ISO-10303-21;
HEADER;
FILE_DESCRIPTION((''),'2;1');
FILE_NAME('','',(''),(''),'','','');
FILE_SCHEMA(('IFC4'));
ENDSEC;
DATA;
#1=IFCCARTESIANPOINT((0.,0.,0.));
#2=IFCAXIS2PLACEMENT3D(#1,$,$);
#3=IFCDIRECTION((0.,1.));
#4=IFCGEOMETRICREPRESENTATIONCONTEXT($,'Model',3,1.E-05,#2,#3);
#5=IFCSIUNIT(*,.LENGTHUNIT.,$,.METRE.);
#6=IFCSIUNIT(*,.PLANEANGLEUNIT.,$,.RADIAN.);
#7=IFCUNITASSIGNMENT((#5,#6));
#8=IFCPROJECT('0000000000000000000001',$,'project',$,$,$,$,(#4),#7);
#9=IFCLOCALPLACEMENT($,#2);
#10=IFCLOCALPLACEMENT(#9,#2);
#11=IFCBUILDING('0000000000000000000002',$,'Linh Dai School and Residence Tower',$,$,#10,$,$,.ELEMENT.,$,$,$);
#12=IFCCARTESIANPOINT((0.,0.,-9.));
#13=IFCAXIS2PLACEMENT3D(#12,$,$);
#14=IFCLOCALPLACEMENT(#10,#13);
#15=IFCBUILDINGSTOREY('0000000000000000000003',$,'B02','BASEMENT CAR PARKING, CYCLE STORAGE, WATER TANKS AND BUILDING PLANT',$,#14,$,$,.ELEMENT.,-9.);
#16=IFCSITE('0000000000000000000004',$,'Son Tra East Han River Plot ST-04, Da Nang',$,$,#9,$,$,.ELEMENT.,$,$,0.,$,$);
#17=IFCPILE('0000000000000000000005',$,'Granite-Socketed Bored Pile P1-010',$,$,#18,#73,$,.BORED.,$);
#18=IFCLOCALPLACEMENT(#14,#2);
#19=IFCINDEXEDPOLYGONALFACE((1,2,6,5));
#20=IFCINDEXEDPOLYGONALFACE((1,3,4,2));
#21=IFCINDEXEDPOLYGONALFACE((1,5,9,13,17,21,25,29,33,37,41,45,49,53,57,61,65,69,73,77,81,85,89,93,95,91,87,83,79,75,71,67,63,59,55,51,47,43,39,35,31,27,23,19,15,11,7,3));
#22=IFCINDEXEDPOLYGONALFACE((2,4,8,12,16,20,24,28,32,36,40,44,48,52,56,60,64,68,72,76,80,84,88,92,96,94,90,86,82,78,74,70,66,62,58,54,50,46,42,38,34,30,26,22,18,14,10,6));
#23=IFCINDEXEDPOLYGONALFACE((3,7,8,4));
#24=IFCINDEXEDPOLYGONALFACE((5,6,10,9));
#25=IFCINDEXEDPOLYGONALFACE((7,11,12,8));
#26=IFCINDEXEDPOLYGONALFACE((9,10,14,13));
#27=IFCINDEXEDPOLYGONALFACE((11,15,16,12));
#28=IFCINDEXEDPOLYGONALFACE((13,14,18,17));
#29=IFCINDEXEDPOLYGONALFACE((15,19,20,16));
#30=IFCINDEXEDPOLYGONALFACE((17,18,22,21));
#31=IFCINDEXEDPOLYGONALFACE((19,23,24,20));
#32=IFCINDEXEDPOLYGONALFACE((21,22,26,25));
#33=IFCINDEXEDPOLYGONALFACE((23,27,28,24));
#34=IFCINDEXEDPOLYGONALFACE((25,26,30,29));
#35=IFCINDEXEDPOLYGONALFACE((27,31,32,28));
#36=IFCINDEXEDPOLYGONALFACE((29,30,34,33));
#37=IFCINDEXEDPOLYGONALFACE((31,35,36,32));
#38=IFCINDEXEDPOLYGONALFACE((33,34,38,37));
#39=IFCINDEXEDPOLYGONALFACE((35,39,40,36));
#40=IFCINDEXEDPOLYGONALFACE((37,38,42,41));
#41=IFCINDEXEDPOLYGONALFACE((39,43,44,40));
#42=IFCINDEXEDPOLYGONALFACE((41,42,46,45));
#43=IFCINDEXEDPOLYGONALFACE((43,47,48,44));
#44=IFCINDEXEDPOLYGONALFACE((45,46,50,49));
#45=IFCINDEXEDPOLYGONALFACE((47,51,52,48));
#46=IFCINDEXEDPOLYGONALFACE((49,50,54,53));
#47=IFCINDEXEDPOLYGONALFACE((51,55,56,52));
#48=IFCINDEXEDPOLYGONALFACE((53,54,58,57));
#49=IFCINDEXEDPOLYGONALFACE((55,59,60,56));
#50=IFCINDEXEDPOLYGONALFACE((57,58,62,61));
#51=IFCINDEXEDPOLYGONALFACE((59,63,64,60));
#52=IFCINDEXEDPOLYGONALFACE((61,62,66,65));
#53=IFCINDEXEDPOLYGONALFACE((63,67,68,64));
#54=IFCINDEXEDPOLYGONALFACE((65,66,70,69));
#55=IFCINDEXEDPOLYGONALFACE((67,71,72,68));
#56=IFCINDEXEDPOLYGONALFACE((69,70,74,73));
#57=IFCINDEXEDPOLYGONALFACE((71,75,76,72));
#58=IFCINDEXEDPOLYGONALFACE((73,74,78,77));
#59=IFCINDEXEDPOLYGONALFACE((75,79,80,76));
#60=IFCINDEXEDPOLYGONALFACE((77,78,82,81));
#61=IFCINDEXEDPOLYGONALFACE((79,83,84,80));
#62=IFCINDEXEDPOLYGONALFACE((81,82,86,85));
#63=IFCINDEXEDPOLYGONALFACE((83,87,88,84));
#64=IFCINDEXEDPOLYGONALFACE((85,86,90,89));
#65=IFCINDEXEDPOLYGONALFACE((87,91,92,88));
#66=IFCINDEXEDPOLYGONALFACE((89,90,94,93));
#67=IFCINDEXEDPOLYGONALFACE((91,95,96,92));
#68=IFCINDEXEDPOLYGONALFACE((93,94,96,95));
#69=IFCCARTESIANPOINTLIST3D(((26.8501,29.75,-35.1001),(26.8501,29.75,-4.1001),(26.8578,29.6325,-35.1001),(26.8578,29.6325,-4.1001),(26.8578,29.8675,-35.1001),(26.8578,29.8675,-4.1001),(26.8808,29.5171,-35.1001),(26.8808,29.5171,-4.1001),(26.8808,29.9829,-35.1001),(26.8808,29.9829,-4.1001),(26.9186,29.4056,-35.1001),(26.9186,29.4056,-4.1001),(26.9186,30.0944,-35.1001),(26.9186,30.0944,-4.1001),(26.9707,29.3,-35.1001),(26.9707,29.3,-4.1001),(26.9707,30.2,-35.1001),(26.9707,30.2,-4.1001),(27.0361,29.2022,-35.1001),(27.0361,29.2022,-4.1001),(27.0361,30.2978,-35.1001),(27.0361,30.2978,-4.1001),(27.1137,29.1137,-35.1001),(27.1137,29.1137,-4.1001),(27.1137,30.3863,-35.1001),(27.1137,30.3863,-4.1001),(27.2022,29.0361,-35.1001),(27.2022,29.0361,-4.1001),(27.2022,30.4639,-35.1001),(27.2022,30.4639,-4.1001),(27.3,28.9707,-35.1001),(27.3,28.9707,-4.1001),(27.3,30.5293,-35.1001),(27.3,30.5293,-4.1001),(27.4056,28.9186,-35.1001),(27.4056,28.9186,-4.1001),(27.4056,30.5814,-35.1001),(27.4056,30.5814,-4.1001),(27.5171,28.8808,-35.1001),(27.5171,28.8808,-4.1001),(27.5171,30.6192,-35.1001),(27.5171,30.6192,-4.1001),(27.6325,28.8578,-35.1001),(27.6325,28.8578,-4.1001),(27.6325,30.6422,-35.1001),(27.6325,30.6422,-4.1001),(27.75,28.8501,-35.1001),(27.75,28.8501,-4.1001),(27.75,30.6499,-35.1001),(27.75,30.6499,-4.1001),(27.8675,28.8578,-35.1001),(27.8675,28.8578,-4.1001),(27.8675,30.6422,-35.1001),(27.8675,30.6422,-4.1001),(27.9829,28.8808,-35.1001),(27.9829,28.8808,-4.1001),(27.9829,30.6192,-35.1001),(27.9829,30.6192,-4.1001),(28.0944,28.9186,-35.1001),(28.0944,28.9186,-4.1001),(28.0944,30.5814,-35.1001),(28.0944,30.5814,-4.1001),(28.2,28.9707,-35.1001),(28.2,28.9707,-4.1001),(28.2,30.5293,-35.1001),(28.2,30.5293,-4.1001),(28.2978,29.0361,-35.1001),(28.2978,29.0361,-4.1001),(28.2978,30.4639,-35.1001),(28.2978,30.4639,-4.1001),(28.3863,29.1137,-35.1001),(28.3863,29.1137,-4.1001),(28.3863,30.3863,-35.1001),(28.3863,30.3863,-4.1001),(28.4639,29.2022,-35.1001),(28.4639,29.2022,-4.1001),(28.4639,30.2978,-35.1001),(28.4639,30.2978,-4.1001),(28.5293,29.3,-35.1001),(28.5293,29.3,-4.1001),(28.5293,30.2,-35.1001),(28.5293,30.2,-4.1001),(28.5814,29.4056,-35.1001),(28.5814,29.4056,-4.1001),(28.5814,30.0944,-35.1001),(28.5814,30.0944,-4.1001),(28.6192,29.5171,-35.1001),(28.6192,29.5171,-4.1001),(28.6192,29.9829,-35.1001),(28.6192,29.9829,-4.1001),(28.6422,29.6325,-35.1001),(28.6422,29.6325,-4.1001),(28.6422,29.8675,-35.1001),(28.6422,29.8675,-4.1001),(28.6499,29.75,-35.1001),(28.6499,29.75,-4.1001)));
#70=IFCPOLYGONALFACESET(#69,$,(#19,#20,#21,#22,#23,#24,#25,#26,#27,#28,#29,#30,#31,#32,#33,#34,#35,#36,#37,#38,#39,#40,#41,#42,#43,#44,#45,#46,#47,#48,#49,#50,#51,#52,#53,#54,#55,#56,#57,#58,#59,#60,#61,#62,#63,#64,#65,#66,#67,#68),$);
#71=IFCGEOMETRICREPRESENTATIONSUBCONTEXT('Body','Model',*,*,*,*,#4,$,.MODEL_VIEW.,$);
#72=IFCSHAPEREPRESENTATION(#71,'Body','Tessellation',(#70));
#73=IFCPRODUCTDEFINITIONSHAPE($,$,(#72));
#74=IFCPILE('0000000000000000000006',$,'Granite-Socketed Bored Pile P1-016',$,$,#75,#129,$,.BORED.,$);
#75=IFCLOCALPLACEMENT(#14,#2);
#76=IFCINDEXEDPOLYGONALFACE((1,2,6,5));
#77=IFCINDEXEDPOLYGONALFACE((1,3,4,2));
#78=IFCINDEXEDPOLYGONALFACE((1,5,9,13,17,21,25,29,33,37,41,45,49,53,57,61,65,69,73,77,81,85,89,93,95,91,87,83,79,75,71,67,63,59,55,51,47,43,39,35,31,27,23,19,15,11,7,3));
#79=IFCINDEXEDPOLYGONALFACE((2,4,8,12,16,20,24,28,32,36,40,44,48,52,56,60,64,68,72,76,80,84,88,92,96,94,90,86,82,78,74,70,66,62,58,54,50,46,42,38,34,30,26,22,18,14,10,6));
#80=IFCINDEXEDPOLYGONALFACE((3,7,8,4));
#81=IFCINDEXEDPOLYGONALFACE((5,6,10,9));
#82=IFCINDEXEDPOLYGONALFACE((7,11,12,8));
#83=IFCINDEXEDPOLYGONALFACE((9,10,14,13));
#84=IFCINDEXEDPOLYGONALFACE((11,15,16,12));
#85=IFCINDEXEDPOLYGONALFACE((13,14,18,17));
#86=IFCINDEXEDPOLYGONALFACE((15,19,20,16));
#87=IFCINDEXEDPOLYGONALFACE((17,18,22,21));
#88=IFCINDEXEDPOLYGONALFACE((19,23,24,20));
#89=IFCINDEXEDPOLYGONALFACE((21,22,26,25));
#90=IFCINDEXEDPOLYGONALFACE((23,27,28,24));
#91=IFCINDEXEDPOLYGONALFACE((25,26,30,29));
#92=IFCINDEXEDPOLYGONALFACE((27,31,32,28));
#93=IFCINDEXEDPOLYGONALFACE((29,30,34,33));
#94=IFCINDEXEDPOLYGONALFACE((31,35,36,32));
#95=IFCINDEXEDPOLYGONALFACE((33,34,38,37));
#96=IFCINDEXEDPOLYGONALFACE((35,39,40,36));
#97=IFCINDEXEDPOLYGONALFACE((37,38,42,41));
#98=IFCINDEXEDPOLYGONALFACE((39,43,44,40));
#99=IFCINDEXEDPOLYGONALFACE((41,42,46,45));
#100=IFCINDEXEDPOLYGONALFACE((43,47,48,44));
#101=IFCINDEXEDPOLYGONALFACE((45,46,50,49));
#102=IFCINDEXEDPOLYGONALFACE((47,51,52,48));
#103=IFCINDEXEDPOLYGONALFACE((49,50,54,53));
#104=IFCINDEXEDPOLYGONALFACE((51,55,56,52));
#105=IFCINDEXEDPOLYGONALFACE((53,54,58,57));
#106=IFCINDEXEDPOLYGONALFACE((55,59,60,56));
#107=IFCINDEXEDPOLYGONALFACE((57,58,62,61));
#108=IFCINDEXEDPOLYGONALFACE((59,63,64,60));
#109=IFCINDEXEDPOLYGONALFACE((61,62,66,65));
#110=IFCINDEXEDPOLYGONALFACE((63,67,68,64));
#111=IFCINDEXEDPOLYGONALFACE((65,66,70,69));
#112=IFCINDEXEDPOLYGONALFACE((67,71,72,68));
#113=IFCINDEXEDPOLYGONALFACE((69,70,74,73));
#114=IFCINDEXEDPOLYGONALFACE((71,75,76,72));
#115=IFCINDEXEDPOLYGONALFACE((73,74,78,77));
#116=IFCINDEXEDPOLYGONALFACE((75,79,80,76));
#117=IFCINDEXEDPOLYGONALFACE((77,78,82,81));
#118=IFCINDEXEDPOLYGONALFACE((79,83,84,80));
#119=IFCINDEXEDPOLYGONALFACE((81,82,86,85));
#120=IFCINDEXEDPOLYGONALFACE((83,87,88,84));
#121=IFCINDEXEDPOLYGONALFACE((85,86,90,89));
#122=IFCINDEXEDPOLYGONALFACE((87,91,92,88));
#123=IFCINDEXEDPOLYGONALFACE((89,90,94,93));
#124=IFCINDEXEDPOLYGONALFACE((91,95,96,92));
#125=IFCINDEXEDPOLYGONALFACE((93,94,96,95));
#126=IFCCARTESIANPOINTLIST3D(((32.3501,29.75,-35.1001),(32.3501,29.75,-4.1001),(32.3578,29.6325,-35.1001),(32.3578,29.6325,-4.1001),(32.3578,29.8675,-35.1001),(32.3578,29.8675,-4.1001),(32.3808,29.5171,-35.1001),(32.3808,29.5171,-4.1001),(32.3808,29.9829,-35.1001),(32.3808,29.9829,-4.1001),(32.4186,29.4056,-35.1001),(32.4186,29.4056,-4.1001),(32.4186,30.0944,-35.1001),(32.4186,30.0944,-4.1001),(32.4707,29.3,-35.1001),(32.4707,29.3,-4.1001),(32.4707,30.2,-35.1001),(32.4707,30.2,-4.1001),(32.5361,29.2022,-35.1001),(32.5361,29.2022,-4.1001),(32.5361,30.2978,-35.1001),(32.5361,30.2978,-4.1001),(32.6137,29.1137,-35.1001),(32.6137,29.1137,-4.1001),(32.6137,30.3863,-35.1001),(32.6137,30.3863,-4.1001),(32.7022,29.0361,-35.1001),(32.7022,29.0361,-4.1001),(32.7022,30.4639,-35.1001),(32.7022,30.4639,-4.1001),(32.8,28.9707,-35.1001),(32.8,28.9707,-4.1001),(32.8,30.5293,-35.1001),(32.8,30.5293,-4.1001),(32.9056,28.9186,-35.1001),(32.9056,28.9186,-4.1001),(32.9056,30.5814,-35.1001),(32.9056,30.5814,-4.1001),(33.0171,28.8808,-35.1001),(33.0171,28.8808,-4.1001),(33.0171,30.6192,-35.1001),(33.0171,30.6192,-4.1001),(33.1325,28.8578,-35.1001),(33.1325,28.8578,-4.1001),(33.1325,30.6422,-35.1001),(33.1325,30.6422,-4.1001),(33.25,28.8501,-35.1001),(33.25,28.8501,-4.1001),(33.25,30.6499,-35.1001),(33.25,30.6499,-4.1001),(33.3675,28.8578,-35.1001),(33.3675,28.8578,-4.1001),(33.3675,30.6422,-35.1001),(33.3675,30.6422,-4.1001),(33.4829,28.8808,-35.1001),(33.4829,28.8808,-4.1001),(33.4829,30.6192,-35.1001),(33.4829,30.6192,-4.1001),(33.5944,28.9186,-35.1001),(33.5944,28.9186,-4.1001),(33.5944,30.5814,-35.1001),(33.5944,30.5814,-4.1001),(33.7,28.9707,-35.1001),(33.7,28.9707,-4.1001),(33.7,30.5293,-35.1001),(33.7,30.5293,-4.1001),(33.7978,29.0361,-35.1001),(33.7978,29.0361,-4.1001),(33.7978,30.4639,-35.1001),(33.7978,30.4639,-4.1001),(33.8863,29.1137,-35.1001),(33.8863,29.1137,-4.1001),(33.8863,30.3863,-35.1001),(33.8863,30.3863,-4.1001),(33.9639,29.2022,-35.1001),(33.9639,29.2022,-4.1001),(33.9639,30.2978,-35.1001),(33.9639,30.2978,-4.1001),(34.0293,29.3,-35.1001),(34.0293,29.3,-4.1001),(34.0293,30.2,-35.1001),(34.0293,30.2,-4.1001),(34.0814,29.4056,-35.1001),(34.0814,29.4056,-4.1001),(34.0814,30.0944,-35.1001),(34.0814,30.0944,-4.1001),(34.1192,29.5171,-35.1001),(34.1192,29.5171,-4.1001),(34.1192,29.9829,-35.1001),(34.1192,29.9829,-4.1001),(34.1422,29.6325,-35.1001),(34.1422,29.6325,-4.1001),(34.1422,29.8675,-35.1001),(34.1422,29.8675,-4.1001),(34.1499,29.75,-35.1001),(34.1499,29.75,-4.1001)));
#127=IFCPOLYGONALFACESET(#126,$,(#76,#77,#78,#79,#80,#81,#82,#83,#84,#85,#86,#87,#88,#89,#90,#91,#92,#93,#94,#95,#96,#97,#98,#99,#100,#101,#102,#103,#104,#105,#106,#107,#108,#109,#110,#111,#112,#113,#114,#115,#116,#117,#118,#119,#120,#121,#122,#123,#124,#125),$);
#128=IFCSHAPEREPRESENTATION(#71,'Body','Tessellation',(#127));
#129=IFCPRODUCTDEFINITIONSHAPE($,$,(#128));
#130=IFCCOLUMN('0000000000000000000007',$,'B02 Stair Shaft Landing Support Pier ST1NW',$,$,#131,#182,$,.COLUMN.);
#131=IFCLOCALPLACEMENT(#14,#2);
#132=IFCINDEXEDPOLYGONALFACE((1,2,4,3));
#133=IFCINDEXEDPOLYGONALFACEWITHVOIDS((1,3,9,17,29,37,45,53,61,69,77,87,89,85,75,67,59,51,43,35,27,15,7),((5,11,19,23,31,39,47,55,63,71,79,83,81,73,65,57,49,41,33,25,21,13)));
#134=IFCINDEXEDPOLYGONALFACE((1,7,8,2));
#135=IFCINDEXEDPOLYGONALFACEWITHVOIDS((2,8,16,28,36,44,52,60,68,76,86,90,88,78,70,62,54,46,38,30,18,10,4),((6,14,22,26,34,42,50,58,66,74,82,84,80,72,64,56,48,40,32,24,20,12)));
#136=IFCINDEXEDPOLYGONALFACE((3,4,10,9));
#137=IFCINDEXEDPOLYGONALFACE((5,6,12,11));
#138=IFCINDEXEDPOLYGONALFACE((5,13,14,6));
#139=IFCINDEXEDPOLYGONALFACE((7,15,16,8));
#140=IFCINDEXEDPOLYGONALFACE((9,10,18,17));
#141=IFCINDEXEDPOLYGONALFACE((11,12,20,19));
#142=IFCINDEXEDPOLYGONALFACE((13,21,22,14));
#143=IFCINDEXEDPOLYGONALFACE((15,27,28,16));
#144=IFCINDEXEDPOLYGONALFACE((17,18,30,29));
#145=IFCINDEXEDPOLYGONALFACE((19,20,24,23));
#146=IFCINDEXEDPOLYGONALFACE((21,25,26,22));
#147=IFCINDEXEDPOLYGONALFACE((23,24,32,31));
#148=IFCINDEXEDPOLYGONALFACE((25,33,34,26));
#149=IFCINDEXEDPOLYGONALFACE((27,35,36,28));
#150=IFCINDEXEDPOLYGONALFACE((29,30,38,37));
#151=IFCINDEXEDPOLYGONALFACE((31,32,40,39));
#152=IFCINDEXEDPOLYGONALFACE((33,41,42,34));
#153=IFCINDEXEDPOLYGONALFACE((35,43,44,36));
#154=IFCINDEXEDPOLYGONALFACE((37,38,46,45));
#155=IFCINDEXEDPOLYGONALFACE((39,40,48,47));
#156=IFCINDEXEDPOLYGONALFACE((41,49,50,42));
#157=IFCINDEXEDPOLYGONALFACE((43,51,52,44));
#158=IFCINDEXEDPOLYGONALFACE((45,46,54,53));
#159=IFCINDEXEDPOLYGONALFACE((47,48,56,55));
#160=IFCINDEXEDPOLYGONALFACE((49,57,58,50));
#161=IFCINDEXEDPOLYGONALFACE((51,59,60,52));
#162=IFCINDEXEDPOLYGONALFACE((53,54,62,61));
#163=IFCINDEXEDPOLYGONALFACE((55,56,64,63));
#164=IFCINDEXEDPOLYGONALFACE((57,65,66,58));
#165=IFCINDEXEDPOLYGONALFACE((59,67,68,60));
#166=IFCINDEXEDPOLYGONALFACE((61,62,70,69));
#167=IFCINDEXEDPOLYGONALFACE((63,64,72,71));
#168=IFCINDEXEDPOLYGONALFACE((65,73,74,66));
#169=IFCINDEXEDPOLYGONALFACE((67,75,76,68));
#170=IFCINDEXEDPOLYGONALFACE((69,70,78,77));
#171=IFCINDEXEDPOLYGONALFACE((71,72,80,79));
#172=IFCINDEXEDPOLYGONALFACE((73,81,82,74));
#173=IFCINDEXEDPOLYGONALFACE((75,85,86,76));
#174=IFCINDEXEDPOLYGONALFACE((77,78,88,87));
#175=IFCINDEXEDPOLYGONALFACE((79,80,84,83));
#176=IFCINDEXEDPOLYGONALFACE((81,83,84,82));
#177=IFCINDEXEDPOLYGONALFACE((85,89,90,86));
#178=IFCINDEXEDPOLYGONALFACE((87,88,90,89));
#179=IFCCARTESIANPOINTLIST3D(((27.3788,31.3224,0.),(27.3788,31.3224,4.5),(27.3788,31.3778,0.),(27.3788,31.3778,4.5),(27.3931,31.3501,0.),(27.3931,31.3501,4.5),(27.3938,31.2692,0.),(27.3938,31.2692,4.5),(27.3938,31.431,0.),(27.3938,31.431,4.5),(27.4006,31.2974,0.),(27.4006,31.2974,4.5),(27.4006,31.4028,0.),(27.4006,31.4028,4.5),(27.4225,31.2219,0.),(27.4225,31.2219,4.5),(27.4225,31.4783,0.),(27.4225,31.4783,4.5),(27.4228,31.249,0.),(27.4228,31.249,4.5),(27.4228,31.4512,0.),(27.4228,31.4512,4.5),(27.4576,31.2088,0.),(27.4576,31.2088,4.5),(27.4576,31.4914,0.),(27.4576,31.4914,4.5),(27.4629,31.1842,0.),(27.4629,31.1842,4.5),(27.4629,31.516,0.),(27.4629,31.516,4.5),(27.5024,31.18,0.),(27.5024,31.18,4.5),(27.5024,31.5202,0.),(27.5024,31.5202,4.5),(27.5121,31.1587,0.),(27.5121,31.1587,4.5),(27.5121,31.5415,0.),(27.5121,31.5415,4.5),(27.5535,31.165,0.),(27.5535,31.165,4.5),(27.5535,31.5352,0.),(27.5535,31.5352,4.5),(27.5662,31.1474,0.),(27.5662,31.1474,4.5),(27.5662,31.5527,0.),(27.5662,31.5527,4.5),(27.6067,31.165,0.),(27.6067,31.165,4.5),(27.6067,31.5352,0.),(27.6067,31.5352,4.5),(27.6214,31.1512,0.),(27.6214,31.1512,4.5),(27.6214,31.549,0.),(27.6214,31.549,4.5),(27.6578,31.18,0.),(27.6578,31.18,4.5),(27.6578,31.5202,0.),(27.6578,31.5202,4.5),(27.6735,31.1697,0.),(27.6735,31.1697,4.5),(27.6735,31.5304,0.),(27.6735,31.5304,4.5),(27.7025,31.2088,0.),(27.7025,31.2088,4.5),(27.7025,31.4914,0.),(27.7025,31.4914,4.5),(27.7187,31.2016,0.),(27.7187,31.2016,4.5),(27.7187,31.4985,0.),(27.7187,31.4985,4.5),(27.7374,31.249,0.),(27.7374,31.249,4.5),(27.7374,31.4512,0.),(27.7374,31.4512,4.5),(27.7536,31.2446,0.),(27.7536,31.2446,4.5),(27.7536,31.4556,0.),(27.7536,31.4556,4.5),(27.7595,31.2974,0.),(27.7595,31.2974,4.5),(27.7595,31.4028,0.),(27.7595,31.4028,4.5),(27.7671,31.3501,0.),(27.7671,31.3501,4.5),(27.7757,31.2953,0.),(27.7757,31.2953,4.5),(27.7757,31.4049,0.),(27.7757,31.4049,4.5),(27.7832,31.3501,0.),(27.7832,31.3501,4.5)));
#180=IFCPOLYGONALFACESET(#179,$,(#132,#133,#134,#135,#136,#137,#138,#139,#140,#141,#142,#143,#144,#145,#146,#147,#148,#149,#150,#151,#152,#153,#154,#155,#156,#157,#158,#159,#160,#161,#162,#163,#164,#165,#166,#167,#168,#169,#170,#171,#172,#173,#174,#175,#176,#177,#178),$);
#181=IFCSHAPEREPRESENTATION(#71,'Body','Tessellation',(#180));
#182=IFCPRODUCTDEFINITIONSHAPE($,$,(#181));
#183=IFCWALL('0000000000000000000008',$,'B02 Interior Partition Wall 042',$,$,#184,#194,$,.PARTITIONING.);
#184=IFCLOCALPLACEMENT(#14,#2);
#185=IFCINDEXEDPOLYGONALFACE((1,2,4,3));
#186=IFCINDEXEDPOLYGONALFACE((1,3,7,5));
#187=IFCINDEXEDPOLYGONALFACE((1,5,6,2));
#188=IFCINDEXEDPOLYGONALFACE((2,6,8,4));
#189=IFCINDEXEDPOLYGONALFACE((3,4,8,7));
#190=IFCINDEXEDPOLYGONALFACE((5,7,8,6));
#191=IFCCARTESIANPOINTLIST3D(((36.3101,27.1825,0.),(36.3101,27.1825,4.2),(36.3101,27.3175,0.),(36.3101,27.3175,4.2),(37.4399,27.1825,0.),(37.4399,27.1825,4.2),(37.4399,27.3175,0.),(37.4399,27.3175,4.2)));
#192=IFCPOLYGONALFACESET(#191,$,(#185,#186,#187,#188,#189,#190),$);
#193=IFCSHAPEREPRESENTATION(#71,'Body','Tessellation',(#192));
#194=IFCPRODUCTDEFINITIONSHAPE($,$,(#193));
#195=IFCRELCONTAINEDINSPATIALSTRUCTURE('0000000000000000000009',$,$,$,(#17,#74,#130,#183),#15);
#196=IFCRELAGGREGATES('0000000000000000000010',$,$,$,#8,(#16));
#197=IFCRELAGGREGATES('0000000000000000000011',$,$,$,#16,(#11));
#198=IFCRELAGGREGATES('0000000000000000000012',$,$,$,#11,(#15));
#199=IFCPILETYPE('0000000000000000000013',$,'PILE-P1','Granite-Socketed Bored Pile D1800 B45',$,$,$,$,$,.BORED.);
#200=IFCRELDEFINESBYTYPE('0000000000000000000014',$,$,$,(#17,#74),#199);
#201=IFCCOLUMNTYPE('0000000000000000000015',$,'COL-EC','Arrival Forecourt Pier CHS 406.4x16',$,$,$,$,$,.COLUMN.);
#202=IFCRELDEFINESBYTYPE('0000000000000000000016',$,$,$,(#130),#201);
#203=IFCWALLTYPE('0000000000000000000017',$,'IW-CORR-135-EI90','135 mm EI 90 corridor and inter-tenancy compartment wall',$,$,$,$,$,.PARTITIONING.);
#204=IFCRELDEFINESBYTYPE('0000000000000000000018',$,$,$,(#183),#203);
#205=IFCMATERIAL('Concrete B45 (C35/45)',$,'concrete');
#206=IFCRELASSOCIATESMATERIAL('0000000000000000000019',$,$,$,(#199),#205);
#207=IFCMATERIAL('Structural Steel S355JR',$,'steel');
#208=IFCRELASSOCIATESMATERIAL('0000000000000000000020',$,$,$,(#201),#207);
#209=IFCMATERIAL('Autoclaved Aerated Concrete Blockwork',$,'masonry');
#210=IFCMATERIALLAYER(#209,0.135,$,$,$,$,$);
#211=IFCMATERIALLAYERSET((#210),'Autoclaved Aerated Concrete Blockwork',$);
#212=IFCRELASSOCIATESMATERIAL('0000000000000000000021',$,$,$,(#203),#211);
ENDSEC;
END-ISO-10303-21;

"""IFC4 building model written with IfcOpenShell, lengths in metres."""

from ifc_helpers import new_model, si_unit, direction, frame, frame_2d, origin, origin_2d, place, context, subcontext, project, spatial, rectangle, circle, hollow_circle, extrude, material, layer, layer_set, material_profile, profile_set, type_object, element, save


model = new_model("IFC4")

# Units and contexts
model_context = context("Model", 3, precision=1e-05, world=origin(), true_north=direction((0.0, 1.0)))
body_context = subcontext(model_context, "Body", "Model", "MODEL_VIEW")
ifc_project = project(units=[si_unit("LENGTHUNIT", "METRE"), si_unit("PLANEANGLEUNIT", "RADIAN")], contexts=[model_context])

# Site, building, storey
site_placement = place(None, origin())
site = spatial("IfcSite", under=ifc_project, at=site_placement, Name="Son Tra East Han River Plot ST-04, Da Nang", CompositionType="ELEMENT", RefElevation=0.0)
building_placement = place(site_placement, origin())
building = spatial("IfcBuilding", under=site, at=building_placement, Name="Linh Dai School and Residence Tower", CompositionType="ELEMENT")
storey_placement = place(building_placement, frame((0.0, 0.0, -9.0)))
storey = spatial("IfcBuildingStorey", under=building, at=storey_placement, Name="B02", Description="BASEMENT CAR PARKING, CYCLE STORAGE, WATER TANKS AND BUILDING PLANT", CompositionType="ELEMENT", Elevation=-9.0)

# Piles
ifc_material_1 = material(Name="Concrete B45 (C35/45)", Category="concrete")
ifc_material_profile_1 = material_profile(ifc_material_1, circle(Radius=0.8999, at=origin_2d()), Name="PILE D1800")
ifc_profile_set_1 = profile_set([ifc_material_profile_1], Name="Concrete B45 (C35/45)")
pile_type = type_object("IfcPileType", Name="PILE-P1", Description="Granite-Socketed Bored Pile D1800 B45", PredefinedType="BORED", material=ifc_profile_set_1)
for number, where, z_axis, x_axis, name in (
    (1, (27.75, 29.75, -4.1001), (0.0, 0.0, -1.0), (1.0, 0.0, 0.0), "Granite-Socketed Bored Pile P1-010"),
    (2, (33.25, 29.75, -4.1001), (0.0, 0.0, -1.0), (1.0, 0.0, 0.0), "Granite-Socketed Bored Pile P1-016"),
):
    element("IfcPile", number, at=place(storey_placement, frame(where, z_axis=z_axis, x_axis=x_axis)), inside=storey, type_object=pile_type, Name=name, PredefinedType="BORED", context=body_context, shape_type="SweptSolid", body=[
        extrude(circle(Radius=0.8999, at=origin_2d()), origin(), (0.0, 0.0, 1.0), 31.0),
    ])

# Column
ifc_material_2 = material(Name="Structural Steel S355JR", Category="steel")
ifc_material_profile_2 = material_profile(ifc_material_2, hollow_circle(Radius=0.2031, WallThickness=0.0161, at=origin_2d()), Name="CHS 406.4x16")
ifc_profile_set_2 = profile_set([ifc_material_profile_2], Name="Structural Steel S355JR")
column_type = type_object("IfcColumnType", Name="COL-EC", Description="Arrival Forecourt Pier CHS 406.4x16", PredefinedType="COLUMN", material=ifc_profile_set_2)
column_placement = place(storey_placement, frame((27.5801, 31.3501, 0.0), z_axis=(0.0, 0.0, 1.0), x_axis=(1.0, 0.0, 0.0)))
element("IfcColumn", 3, at=column_placement, inside=storey, type_object=column_type, Name="B02 Stair Shaft Landing Support Pier ST1NW", PredefinedType="COLUMN", context=body_context, shape_type="SweptSolid", body=[
    extrude(hollow_circle(Radius=0.2031, WallThickness=0.0161, at=origin_2d()), origin(), (0.0, 0.0, 1.0), 4.5),
])

# Wall
ifc_material_3 = material(Name="Autoclaved Aerated Concrete Blockwork", Category="masonry")
ifc_layer_1 = layer(ifc_material_3, 0.135)
ifc_layer_set_1 = layer_set([ifc_layer_1], Name="Autoclaved Aerated Concrete Blockwork")
wall_type_1 = type_object("IfcWallType", Name="IW-CORR-135-EI90", Description="135 mm EI 90 corridor and inter-tenancy compartment wall", PredefinedType="PARTITIONING", material=ifc_layer_set_1)
wall_1_placement = place(storey_placement, frame((37.4399, 27.25, 0.0), z_axis=(0.0, 0.0, 1.0), x_axis=(-1.0, 0.0, 0.0)))
element("IfcWall", 4, at=wall_1_placement, inside=storey, type_object=wall_type_1, Name="B02 Interior Partition Wall 042", PredefinedType="PARTITIONING", context=body_context, shape_type="SweptSolid", body=[
    extrude(rectangle(XDim=1.1299, YDim=0.135, at=frame_2d((0.5649, 0.0))), origin(), (0.0, 0.0, 1.0), 4.2),
])

save(model, "model.ifc")
